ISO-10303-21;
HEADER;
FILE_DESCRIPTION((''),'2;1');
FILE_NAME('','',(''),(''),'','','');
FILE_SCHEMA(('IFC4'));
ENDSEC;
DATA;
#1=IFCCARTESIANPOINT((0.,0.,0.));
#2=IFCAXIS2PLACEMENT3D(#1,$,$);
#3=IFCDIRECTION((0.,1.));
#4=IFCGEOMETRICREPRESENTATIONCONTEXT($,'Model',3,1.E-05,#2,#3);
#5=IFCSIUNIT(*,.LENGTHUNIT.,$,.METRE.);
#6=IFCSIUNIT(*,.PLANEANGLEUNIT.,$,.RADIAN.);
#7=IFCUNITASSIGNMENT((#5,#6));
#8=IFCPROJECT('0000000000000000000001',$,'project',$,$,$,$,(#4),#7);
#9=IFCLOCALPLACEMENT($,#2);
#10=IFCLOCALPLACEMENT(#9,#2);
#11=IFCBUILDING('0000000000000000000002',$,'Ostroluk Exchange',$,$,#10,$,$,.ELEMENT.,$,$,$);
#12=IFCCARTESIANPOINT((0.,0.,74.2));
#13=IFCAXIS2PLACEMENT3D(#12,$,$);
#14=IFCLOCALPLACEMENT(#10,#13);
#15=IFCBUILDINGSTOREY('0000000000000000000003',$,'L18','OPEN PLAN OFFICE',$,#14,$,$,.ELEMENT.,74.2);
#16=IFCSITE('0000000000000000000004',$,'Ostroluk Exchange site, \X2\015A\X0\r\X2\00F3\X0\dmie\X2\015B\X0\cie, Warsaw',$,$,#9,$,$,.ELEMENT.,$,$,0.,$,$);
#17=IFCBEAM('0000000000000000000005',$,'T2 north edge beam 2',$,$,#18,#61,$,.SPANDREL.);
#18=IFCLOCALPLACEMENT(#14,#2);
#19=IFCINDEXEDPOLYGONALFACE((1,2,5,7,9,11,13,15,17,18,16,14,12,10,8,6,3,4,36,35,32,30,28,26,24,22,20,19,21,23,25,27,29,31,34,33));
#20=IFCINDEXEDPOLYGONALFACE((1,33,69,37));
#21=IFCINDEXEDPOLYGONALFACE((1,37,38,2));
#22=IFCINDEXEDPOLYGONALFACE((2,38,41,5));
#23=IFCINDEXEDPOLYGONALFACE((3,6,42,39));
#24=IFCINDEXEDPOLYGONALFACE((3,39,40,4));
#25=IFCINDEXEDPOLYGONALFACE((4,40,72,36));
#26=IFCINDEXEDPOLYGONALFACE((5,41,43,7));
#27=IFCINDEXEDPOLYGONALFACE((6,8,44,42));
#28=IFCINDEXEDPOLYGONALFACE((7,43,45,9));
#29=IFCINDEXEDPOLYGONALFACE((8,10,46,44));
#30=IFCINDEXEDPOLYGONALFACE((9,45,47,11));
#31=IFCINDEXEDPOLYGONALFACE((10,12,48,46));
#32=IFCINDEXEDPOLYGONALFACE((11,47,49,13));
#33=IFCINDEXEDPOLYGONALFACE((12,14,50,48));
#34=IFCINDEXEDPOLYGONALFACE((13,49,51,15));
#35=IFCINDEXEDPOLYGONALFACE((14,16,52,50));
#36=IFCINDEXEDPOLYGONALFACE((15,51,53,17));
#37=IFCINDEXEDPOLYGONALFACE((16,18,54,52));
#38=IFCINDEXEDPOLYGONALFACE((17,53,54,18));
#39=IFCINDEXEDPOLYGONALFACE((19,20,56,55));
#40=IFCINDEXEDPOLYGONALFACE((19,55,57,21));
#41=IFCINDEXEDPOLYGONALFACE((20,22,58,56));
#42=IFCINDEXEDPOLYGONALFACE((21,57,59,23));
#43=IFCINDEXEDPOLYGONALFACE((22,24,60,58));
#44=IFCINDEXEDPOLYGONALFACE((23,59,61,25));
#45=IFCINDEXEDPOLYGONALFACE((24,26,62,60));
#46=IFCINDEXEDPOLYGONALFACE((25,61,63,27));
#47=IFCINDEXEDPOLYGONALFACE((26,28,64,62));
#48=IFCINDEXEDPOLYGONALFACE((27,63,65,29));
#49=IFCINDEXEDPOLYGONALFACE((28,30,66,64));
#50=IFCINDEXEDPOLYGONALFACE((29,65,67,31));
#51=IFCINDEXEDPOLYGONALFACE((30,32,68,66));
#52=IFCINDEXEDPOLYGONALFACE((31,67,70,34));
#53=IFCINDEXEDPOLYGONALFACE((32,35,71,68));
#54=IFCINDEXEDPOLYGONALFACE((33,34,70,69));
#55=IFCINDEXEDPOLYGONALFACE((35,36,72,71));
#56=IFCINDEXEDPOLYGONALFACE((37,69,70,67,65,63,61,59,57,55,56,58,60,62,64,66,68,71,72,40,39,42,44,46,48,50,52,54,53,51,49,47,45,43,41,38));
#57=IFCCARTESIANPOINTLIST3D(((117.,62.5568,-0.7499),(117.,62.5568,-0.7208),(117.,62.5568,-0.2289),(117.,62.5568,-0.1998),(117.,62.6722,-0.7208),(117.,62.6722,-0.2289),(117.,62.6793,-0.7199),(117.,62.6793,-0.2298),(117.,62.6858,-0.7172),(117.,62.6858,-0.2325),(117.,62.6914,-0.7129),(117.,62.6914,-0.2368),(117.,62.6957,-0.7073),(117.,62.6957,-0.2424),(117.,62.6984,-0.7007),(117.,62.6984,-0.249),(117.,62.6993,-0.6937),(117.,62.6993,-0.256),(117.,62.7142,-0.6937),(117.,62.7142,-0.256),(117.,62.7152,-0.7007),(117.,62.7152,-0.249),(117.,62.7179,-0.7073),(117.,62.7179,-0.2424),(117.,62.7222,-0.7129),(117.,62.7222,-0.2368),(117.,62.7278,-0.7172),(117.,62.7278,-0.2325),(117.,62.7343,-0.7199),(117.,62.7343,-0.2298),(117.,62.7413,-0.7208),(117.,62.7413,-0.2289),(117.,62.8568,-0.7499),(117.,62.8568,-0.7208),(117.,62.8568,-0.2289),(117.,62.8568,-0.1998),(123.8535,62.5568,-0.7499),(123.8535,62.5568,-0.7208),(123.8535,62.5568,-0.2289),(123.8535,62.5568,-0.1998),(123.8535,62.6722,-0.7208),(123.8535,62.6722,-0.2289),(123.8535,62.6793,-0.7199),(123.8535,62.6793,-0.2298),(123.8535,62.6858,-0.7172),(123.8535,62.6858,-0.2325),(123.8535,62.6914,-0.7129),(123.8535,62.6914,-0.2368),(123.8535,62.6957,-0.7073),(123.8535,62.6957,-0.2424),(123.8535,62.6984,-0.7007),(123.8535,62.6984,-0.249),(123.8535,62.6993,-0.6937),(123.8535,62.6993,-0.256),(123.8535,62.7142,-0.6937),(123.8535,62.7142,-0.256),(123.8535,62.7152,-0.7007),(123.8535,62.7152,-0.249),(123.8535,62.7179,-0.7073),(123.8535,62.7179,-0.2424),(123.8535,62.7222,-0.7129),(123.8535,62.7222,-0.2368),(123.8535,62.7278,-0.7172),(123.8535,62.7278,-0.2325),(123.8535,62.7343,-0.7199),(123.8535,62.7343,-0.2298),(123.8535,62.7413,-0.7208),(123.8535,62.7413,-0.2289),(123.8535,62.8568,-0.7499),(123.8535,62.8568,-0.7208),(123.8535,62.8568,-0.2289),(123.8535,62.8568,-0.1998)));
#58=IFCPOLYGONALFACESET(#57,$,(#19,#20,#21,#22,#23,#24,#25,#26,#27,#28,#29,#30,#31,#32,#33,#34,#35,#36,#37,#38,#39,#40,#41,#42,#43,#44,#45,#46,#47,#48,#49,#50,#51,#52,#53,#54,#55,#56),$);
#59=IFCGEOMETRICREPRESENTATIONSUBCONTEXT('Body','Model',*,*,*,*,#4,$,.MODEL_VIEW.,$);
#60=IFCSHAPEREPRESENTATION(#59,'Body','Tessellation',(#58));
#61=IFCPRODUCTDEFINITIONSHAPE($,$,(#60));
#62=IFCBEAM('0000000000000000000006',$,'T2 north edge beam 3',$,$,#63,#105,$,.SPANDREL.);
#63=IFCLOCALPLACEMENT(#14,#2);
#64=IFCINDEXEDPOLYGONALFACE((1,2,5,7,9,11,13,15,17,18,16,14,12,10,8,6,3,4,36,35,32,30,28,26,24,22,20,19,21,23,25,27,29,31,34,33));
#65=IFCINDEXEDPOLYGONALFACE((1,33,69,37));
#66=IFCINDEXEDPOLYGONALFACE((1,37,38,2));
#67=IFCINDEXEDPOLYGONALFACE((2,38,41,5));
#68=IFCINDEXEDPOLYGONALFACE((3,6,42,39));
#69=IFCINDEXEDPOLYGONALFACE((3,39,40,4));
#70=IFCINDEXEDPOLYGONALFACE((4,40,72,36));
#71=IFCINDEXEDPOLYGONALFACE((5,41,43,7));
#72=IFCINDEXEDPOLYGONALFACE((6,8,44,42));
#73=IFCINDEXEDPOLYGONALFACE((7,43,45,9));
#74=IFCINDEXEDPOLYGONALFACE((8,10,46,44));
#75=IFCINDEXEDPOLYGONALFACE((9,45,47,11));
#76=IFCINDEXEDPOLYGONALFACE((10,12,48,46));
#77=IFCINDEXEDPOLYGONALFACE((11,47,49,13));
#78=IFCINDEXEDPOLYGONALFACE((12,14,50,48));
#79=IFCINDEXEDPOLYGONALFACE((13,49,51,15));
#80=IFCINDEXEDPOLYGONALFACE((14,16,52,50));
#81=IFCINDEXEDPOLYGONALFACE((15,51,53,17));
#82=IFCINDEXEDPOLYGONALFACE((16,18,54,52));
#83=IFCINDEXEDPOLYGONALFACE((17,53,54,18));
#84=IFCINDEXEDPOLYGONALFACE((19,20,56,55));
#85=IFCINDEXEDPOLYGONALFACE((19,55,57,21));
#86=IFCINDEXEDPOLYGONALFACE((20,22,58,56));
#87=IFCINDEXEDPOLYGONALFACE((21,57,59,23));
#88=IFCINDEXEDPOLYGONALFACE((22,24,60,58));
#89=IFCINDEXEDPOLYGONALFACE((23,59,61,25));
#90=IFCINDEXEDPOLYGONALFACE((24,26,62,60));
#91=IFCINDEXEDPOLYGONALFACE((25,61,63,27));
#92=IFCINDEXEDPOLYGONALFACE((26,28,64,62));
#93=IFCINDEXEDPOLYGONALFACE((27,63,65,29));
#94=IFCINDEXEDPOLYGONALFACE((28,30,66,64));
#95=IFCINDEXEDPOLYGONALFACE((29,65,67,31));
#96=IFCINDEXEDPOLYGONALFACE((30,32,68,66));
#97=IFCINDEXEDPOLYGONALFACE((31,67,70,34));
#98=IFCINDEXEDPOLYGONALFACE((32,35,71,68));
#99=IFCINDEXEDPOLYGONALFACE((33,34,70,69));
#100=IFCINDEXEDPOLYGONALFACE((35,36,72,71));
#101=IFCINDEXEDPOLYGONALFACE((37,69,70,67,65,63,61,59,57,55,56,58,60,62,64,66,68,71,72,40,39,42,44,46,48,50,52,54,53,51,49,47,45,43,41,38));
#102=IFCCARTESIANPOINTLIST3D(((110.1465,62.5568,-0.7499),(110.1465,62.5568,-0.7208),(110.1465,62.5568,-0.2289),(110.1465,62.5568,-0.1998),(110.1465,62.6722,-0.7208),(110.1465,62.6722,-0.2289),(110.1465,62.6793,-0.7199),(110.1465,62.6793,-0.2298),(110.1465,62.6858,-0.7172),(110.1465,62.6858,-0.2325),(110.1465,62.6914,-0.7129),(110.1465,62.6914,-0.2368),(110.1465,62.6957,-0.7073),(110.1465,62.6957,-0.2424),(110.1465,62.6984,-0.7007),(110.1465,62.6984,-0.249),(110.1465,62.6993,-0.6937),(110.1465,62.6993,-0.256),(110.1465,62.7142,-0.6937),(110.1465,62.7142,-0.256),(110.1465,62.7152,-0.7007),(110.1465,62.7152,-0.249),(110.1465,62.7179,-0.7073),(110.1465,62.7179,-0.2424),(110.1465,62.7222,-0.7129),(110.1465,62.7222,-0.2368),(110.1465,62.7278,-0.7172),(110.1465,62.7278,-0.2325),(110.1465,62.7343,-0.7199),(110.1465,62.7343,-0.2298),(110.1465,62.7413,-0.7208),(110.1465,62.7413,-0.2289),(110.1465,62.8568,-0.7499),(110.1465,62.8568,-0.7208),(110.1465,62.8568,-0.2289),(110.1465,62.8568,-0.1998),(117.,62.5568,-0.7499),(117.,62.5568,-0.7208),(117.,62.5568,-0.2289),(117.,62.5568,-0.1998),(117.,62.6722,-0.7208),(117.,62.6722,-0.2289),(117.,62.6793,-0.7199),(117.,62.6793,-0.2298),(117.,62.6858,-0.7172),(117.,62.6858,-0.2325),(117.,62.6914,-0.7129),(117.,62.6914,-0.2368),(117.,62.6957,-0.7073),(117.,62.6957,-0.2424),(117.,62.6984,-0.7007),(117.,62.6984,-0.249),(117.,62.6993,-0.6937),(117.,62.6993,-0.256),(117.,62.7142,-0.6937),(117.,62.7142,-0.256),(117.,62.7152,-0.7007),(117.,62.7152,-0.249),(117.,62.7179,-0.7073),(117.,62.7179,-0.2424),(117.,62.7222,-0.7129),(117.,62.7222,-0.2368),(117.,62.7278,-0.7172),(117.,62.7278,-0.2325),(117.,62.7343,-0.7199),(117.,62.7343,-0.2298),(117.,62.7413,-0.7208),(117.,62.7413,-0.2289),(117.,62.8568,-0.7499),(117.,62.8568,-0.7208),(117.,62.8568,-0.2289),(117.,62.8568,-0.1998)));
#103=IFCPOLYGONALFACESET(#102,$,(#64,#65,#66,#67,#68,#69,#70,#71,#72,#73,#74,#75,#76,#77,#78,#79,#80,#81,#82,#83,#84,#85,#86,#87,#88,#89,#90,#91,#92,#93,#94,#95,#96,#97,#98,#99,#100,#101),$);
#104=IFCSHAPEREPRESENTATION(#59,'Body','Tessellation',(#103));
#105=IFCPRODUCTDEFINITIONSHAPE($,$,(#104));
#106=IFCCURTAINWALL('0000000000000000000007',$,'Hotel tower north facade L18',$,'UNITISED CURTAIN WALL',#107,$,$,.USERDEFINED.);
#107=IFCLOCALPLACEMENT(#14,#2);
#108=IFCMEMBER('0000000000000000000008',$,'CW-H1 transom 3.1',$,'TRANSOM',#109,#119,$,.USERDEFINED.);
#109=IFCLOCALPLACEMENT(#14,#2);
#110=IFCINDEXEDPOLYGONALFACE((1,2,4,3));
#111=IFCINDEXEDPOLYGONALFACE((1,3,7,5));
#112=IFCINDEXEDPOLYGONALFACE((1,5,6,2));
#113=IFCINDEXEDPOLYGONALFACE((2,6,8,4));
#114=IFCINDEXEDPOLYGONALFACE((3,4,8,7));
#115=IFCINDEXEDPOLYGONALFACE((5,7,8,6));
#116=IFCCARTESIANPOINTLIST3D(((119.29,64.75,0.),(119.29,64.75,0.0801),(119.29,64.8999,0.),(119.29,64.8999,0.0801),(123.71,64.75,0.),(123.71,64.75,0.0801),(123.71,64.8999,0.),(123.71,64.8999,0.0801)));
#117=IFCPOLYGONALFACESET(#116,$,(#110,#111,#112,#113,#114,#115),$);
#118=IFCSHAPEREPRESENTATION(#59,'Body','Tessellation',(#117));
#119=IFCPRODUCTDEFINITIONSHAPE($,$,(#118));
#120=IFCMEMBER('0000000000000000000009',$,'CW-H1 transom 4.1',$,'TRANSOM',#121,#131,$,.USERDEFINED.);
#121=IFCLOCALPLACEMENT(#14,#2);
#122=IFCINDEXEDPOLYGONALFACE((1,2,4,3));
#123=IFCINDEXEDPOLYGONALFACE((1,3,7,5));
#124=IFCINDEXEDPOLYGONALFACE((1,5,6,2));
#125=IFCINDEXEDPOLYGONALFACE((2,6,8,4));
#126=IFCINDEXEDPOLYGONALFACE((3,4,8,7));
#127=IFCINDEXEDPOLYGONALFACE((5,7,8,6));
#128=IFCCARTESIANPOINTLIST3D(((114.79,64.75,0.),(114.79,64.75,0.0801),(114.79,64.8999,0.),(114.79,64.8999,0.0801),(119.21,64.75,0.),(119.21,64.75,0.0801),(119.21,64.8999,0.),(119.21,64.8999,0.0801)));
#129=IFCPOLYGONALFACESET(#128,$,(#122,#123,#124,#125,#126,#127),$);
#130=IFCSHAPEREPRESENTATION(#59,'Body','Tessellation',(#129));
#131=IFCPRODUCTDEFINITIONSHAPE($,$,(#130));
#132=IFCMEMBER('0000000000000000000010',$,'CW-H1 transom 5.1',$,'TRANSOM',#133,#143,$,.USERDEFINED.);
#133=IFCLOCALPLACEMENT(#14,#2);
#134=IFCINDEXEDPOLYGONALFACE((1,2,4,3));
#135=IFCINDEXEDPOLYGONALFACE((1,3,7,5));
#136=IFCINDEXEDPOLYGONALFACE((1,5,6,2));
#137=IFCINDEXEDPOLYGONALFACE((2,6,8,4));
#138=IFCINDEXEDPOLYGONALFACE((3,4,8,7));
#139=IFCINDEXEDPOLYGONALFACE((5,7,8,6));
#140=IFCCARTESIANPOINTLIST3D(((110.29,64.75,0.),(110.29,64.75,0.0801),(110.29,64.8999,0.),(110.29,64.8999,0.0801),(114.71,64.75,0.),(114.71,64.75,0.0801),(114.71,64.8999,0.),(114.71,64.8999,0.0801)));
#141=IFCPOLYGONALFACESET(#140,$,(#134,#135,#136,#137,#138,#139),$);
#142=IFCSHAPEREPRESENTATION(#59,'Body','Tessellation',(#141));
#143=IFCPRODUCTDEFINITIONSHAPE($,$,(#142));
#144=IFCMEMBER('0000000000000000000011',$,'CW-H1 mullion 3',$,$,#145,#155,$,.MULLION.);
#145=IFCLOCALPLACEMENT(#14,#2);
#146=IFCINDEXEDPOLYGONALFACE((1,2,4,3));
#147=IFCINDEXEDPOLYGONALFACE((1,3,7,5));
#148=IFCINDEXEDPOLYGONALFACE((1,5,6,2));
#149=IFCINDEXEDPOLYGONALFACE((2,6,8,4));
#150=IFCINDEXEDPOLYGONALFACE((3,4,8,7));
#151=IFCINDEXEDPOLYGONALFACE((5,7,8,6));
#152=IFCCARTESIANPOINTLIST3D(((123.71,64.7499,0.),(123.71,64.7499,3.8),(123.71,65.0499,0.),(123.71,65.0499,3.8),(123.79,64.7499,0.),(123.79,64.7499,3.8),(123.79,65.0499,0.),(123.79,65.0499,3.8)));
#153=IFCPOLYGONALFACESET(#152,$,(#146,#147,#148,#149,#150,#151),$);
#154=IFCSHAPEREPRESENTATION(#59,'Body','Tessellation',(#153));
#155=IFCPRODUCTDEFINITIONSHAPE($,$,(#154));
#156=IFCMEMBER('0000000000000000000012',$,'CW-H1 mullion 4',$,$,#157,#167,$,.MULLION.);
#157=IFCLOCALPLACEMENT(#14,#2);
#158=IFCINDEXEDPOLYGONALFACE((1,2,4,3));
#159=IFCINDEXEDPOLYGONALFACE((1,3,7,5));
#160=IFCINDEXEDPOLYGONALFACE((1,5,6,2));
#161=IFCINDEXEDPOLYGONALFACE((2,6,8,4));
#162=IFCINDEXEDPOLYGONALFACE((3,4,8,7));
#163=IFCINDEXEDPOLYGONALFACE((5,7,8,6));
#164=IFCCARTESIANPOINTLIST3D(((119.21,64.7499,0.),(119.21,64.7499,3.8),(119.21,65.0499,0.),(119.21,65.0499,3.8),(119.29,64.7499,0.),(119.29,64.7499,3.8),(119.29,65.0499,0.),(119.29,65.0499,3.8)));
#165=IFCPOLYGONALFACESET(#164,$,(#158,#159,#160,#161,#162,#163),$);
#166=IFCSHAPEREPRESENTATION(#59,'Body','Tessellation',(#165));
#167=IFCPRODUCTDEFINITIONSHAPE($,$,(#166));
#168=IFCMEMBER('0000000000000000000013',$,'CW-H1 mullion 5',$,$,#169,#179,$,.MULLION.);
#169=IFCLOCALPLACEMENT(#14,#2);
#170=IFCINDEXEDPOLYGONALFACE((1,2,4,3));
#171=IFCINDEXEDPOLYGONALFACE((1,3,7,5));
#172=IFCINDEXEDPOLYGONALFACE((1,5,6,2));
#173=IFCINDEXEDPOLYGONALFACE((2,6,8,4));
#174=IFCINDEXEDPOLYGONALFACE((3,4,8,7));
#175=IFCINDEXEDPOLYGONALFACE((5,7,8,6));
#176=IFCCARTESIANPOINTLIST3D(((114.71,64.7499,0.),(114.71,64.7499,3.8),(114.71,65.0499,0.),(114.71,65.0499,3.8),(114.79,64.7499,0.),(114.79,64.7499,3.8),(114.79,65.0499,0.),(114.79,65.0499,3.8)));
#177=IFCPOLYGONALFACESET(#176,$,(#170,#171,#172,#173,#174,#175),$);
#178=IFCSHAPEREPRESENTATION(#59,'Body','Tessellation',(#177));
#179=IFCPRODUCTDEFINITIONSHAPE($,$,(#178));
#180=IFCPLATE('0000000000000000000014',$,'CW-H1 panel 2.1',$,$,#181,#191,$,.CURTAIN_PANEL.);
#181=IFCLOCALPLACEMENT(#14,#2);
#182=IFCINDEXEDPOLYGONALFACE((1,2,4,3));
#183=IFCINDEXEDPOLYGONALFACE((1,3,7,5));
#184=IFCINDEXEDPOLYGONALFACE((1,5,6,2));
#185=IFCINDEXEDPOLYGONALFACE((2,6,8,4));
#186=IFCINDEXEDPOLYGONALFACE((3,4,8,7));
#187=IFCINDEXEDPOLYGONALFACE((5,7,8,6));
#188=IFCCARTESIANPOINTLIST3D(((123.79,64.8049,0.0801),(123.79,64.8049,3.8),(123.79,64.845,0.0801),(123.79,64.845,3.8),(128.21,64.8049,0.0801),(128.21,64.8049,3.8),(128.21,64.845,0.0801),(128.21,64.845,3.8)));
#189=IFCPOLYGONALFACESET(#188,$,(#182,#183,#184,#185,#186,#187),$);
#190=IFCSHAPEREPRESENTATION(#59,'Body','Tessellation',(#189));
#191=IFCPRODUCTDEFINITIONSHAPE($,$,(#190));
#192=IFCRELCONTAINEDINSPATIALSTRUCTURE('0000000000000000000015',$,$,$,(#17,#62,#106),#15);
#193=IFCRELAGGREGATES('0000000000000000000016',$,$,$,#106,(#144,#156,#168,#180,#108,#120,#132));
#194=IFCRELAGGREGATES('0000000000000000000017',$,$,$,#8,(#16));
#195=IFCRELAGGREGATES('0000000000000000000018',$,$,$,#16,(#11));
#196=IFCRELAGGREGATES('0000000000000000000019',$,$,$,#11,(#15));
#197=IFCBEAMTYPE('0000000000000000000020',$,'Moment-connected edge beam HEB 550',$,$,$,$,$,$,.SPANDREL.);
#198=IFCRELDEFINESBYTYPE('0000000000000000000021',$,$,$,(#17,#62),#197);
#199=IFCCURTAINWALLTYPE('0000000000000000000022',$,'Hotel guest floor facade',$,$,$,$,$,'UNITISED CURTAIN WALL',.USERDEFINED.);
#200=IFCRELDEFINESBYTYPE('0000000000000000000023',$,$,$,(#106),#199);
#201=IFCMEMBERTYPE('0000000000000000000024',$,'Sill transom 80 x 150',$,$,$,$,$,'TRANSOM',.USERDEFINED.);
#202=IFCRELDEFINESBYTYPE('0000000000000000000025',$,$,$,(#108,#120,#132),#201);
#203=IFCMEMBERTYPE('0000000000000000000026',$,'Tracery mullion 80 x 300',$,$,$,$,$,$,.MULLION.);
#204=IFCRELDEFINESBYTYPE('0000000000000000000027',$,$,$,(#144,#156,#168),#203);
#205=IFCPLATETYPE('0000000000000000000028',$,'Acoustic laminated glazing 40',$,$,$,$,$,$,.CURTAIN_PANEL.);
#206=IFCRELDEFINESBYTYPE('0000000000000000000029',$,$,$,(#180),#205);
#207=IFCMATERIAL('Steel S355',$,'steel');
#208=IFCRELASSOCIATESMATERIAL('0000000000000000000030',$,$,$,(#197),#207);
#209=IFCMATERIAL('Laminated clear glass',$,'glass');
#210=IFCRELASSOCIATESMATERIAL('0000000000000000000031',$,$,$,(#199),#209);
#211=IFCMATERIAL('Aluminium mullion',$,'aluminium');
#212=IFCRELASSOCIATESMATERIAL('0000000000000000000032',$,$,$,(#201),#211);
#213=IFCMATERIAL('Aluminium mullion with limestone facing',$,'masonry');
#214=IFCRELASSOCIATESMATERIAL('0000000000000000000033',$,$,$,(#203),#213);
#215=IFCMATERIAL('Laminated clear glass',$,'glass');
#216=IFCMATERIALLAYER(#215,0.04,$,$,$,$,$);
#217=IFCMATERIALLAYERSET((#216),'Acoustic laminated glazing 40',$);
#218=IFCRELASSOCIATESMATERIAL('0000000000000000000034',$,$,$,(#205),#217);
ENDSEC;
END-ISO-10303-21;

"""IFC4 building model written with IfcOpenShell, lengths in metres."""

from ifc_helpers import new_model, si_unit, direction, frame, origin, origin_2d, place, context, subcontext, project, spatial, rectangle, i_section, extrude, material, layer, layer_set, material_profile, profile_set, type_object, element, aggregate, save


model = new_model("IFC4")

# Units and contexts
model_context = context("Model", 3, precision=1e-05, world=origin(), true_north=direction((0.0, 1.0)))
body_context = subcontext(model_context, "Body", "Model", "MODEL_VIEW")
ifc_project = project(units=[si_unit("LENGTHUNIT", "METRE"), si_unit("PLANEANGLEUNIT", "RADIAN")], contexts=[model_context])

# Site, building, storey
site_placement = place(None, origin())
site = spatial("IfcSite", under=ifc_project, at=site_placement, Name="Ostroluk Exchange site, Śródmieście, Warsaw", CompositionType="ELEMENT", RefElevation=0.0)
building_placement = place(site_placement, origin())
building = spatial("IfcBuilding", under=site, at=building_placement, Name="Ostroluk Exchange", CompositionType="ELEMENT")
storey_placement = place(building_placement, frame((0.0, 0.0, 74.2)))
storey = spatial("IfcBuildingStorey", under=building, at=storey_placement, Name="L18", Description="OPEN PLAN OFFICE", CompositionType="ELEMENT", Elevation=74.2)

# Beams
ifc_material_1 = material(Name="Steel S355", Category="steel")
ifc_material_profile_1 = material_profile(ifc_material_1, i_section(OverallWidth=0.3, OverallDepth=0.55, WebThickness=0.0149, FlangeThickness=0.0291, FilletRadius=0.0271, at=origin_2d()), Name="HEB 550")
ifc_profile_set_1 = profile_set([ifc_material_profile_1], Name="Steel S355")
beam_type = type_object("IfcBeamType", Name="Moment-connected edge beam HEB 550", PredefinedType="SPANDREL", material=ifc_profile_set_1)
for number, where, z_axis, x_axis, name in (
    (1, (123.8535, 62.7068, -0.4749), (-1.0, 0.0, 0.0), (0.0, -1.0, 0.0), "T2 north edge beam 2"),
    (2, (117.0, 62.7068, -0.4749), (-1.0, 0.0, 0.0), (0.0, -1.0, 0.0), "T2 north edge beam 3"),
):
    element("IfcBeam", number, at=place(storey_placement, frame(where, z_axis=z_axis, x_axis=x_axis)), inside=storey, type_object=beam_type, Name=name, PredefinedType="SPANDREL", context=body_context, shape_type="SweptSolid", body=[
        extrude(i_section(OverallWidth=0.3, OverallDepth=0.55, WebThickness=0.0149, FlangeThickness=0.0291, FilletRadius=0.0271, at=origin_2d()), origin(), (0.0, 0.0, 1.0), 6.8535),
    ])

# Curtain wall, members, plate
ifc_material_2 = material(Name="Laminated clear glass", Category="glass")
curtain_wall_type = type_object("IfcCurtainWallType", Name="Hotel guest floor facade", ElementType="UNITISED CURTAIN WALL", PredefinedType="USERDEFINED", material=ifc_material_2)
curtain_wall_placement = place(storey_placement, origin())
curtain_wall = element("IfcCurtainWall", 3, at=curtain_wall_placement, inside=storey, type_object=curtain_wall_type, Name="Hotel tower north facade L18", ObjectType="UNITISED CURTAIN WALL", PredefinedType="USERDEFINED")
ifc_material_3 = material(Name="Aluminium mullion", Category="aluminium")
ifc_material_profile_2 = material_profile(ifc_material_3, rectangle(XDim=0.1499, YDim=0.0801, at=origin_2d()), Name="Sill transom 80 x 150")
ifc_profile_set_2 = profile_set([ifc_material_profile_2], Name="Aluminium mullion")
member_type_1 = type_object("IfcMemberType", Name="Sill transom 80 x 150", ElementType="TRANSOM", PredefinedType="USERDEFINED", material=ifc_profile_set_2)
member_1_placement = place(storey_placement, frame((123.71, 64.825, 0.04), z_axis=(-1.0, 0.0, 0.0), x_axis=(0.0, -1.0, 0.0)))
member_1 = element("IfcMember", 4, at=member_1_placement, type_object=member_type_1, Name="CW-H1 transom 3.1", ObjectType="TRANSOM", PredefinedType="USERDEFINED", context=body_context, shape_type="SweptSolid", body=[
    extrude(rectangle(XDim=0.1499, YDim=0.0801, at=origin_2d()), origin(), (0.0, 0.0, 1.0), 4.4199),
])
member_2_placement = place(storey_placement, frame((119.21, 64.825, 0.04), z_axis=(-1.0, 0.0, 0.0), x_axis=(0.0, -1.0, 0.0)))
member_2 = element("IfcMember", 5, at=member_2_placement, type_object=member_type_1, Name="CW-H1 transom 4.1", ObjectType="TRANSOM", PredefinedType="USERDEFINED", context=body_context, shape_type="SweptSolid", body=[
    extrude(rectangle(XDim=0.1499, YDim=0.0801, at=origin_2d()), origin(), (0.0, 0.0, 1.0), 4.4199),
])
member_3_placement = place(storey_placement, frame((114.71, 64.825, 0.04), z_axis=(-1.0, 0.0, 0.0), x_axis=(0.0, -1.0, 0.0)))
member_3 = element("IfcMember", 6, at=member_3_placement, type_object=member_type_1, Name="CW-H1 transom 5.1", ObjectType="TRANSOM", PredefinedType="USERDEFINED", context=body_context, shape_type="SweptSolid", body=[
    extrude(rectangle(XDim=0.1499, YDim=0.0801, at=origin_2d()), origin(), (0.0, 0.0, 1.0), 4.4199),
])
ifc_material_4 = material(Name="Aluminium mullion with limestone facing", Category="masonry")
ifc_material_profile_3 = material_profile(ifc_material_4, rectangle(XDim=0.3, YDim=0.0801, at=origin_2d()), Name="Tracery mullion 80 x 300")
ifc_profile_set_3 = profile_set([ifc_material_profile_3], Name="Aluminium mullion with limestone facing")
member_type_2 = type_object("IfcMemberType", Name="Tracery mullion 80 x 300", PredefinedType="MULLION", material=ifc_profile_set_3)
member_4_placement = place(storey_placement, frame((123.75, 64.8999, 0.0), z_axis=(0.0, 0.0, 1.0), x_axis=(0.0, -1.0, 0.0)))
member_4 = element("IfcMember", 7, at=member_4_placement, type_object=member_type_2, Name="CW-H1 mullion 3", PredefinedType="MULLION", context=body_context, shape_type="SweptSolid", body=[
    extrude(rectangle(XDim=0.3, YDim=0.0801, at=origin_2d()), origin(), (0.0, 0.0, 1.0), 3.8),
])
member_5_placement = place(storey_placement, frame((119.25, 64.8999, 0.0), z_axis=(0.0, 0.0, 1.0), x_axis=(0.0, -1.0, 0.0)))
member_5 = element("IfcMember", 8, at=member_5_placement, type_object=member_type_2, Name="CW-H1 mullion 4", PredefinedType="MULLION", context=body_context, shape_type="SweptSolid", body=[
    extrude(rectangle(XDim=0.3, YDim=0.0801, at=origin_2d()), origin(), (0.0, 0.0, 1.0), 3.8),
])
member_6_placement = place(storey_placement, frame((114.75, 64.8999, 0.0), z_axis=(0.0, 0.0, 1.0), x_axis=(0.0, -1.0, 0.0)))
member_6 = element("IfcMember", 9, at=member_6_placement, type_object=member_type_2, Name="CW-H1 mullion 5", PredefinedType="MULLION", context=body_context, shape_type="SweptSolid", body=[
    extrude(rectangle(XDim=0.3, YDim=0.0801, at=origin_2d()), origin(), (0.0, 0.0, 1.0), 3.8),
])
ifc_material_5 = material(Name="Laminated clear glass", Category="glass")
ifc_layer_1 = layer(ifc_material_5, 0.04)
ifc_layer_set_1 = layer_set([ifc_layer_1], Name="Acoustic laminated glazing 40")
plate_type = type_object("IfcPlateType", Name="Acoustic laminated glazing 40", PredefinedType="CURTAIN_PANEL", material=ifc_layer_set_1)
plate_1_placement = place(storey_placement, frame((126.0, 64.825, 0.0801), z_axis=(0.0, 0.0, 1.0), x_axis=(-1.0, 0.0, 0.0)))
plate_1 = element("IfcPlate", 10, at=plate_1_placement, type_object=plate_type, Name="CW-H1 panel 2.1", PredefinedType="CURTAIN_PANEL", context=body_context, shape_type="SweptSolid", body=[
    extrude(rectangle(XDim=4.4199, YDim=0.04, at=origin_2d()), origin(), (0.0, 0.0, 1.0), 3.72),
])
aggregate(curtain_wall, [member_4, member_5, member_6, plate_1, member_1, member_2, member_3])

save(model, "model.ifc")
